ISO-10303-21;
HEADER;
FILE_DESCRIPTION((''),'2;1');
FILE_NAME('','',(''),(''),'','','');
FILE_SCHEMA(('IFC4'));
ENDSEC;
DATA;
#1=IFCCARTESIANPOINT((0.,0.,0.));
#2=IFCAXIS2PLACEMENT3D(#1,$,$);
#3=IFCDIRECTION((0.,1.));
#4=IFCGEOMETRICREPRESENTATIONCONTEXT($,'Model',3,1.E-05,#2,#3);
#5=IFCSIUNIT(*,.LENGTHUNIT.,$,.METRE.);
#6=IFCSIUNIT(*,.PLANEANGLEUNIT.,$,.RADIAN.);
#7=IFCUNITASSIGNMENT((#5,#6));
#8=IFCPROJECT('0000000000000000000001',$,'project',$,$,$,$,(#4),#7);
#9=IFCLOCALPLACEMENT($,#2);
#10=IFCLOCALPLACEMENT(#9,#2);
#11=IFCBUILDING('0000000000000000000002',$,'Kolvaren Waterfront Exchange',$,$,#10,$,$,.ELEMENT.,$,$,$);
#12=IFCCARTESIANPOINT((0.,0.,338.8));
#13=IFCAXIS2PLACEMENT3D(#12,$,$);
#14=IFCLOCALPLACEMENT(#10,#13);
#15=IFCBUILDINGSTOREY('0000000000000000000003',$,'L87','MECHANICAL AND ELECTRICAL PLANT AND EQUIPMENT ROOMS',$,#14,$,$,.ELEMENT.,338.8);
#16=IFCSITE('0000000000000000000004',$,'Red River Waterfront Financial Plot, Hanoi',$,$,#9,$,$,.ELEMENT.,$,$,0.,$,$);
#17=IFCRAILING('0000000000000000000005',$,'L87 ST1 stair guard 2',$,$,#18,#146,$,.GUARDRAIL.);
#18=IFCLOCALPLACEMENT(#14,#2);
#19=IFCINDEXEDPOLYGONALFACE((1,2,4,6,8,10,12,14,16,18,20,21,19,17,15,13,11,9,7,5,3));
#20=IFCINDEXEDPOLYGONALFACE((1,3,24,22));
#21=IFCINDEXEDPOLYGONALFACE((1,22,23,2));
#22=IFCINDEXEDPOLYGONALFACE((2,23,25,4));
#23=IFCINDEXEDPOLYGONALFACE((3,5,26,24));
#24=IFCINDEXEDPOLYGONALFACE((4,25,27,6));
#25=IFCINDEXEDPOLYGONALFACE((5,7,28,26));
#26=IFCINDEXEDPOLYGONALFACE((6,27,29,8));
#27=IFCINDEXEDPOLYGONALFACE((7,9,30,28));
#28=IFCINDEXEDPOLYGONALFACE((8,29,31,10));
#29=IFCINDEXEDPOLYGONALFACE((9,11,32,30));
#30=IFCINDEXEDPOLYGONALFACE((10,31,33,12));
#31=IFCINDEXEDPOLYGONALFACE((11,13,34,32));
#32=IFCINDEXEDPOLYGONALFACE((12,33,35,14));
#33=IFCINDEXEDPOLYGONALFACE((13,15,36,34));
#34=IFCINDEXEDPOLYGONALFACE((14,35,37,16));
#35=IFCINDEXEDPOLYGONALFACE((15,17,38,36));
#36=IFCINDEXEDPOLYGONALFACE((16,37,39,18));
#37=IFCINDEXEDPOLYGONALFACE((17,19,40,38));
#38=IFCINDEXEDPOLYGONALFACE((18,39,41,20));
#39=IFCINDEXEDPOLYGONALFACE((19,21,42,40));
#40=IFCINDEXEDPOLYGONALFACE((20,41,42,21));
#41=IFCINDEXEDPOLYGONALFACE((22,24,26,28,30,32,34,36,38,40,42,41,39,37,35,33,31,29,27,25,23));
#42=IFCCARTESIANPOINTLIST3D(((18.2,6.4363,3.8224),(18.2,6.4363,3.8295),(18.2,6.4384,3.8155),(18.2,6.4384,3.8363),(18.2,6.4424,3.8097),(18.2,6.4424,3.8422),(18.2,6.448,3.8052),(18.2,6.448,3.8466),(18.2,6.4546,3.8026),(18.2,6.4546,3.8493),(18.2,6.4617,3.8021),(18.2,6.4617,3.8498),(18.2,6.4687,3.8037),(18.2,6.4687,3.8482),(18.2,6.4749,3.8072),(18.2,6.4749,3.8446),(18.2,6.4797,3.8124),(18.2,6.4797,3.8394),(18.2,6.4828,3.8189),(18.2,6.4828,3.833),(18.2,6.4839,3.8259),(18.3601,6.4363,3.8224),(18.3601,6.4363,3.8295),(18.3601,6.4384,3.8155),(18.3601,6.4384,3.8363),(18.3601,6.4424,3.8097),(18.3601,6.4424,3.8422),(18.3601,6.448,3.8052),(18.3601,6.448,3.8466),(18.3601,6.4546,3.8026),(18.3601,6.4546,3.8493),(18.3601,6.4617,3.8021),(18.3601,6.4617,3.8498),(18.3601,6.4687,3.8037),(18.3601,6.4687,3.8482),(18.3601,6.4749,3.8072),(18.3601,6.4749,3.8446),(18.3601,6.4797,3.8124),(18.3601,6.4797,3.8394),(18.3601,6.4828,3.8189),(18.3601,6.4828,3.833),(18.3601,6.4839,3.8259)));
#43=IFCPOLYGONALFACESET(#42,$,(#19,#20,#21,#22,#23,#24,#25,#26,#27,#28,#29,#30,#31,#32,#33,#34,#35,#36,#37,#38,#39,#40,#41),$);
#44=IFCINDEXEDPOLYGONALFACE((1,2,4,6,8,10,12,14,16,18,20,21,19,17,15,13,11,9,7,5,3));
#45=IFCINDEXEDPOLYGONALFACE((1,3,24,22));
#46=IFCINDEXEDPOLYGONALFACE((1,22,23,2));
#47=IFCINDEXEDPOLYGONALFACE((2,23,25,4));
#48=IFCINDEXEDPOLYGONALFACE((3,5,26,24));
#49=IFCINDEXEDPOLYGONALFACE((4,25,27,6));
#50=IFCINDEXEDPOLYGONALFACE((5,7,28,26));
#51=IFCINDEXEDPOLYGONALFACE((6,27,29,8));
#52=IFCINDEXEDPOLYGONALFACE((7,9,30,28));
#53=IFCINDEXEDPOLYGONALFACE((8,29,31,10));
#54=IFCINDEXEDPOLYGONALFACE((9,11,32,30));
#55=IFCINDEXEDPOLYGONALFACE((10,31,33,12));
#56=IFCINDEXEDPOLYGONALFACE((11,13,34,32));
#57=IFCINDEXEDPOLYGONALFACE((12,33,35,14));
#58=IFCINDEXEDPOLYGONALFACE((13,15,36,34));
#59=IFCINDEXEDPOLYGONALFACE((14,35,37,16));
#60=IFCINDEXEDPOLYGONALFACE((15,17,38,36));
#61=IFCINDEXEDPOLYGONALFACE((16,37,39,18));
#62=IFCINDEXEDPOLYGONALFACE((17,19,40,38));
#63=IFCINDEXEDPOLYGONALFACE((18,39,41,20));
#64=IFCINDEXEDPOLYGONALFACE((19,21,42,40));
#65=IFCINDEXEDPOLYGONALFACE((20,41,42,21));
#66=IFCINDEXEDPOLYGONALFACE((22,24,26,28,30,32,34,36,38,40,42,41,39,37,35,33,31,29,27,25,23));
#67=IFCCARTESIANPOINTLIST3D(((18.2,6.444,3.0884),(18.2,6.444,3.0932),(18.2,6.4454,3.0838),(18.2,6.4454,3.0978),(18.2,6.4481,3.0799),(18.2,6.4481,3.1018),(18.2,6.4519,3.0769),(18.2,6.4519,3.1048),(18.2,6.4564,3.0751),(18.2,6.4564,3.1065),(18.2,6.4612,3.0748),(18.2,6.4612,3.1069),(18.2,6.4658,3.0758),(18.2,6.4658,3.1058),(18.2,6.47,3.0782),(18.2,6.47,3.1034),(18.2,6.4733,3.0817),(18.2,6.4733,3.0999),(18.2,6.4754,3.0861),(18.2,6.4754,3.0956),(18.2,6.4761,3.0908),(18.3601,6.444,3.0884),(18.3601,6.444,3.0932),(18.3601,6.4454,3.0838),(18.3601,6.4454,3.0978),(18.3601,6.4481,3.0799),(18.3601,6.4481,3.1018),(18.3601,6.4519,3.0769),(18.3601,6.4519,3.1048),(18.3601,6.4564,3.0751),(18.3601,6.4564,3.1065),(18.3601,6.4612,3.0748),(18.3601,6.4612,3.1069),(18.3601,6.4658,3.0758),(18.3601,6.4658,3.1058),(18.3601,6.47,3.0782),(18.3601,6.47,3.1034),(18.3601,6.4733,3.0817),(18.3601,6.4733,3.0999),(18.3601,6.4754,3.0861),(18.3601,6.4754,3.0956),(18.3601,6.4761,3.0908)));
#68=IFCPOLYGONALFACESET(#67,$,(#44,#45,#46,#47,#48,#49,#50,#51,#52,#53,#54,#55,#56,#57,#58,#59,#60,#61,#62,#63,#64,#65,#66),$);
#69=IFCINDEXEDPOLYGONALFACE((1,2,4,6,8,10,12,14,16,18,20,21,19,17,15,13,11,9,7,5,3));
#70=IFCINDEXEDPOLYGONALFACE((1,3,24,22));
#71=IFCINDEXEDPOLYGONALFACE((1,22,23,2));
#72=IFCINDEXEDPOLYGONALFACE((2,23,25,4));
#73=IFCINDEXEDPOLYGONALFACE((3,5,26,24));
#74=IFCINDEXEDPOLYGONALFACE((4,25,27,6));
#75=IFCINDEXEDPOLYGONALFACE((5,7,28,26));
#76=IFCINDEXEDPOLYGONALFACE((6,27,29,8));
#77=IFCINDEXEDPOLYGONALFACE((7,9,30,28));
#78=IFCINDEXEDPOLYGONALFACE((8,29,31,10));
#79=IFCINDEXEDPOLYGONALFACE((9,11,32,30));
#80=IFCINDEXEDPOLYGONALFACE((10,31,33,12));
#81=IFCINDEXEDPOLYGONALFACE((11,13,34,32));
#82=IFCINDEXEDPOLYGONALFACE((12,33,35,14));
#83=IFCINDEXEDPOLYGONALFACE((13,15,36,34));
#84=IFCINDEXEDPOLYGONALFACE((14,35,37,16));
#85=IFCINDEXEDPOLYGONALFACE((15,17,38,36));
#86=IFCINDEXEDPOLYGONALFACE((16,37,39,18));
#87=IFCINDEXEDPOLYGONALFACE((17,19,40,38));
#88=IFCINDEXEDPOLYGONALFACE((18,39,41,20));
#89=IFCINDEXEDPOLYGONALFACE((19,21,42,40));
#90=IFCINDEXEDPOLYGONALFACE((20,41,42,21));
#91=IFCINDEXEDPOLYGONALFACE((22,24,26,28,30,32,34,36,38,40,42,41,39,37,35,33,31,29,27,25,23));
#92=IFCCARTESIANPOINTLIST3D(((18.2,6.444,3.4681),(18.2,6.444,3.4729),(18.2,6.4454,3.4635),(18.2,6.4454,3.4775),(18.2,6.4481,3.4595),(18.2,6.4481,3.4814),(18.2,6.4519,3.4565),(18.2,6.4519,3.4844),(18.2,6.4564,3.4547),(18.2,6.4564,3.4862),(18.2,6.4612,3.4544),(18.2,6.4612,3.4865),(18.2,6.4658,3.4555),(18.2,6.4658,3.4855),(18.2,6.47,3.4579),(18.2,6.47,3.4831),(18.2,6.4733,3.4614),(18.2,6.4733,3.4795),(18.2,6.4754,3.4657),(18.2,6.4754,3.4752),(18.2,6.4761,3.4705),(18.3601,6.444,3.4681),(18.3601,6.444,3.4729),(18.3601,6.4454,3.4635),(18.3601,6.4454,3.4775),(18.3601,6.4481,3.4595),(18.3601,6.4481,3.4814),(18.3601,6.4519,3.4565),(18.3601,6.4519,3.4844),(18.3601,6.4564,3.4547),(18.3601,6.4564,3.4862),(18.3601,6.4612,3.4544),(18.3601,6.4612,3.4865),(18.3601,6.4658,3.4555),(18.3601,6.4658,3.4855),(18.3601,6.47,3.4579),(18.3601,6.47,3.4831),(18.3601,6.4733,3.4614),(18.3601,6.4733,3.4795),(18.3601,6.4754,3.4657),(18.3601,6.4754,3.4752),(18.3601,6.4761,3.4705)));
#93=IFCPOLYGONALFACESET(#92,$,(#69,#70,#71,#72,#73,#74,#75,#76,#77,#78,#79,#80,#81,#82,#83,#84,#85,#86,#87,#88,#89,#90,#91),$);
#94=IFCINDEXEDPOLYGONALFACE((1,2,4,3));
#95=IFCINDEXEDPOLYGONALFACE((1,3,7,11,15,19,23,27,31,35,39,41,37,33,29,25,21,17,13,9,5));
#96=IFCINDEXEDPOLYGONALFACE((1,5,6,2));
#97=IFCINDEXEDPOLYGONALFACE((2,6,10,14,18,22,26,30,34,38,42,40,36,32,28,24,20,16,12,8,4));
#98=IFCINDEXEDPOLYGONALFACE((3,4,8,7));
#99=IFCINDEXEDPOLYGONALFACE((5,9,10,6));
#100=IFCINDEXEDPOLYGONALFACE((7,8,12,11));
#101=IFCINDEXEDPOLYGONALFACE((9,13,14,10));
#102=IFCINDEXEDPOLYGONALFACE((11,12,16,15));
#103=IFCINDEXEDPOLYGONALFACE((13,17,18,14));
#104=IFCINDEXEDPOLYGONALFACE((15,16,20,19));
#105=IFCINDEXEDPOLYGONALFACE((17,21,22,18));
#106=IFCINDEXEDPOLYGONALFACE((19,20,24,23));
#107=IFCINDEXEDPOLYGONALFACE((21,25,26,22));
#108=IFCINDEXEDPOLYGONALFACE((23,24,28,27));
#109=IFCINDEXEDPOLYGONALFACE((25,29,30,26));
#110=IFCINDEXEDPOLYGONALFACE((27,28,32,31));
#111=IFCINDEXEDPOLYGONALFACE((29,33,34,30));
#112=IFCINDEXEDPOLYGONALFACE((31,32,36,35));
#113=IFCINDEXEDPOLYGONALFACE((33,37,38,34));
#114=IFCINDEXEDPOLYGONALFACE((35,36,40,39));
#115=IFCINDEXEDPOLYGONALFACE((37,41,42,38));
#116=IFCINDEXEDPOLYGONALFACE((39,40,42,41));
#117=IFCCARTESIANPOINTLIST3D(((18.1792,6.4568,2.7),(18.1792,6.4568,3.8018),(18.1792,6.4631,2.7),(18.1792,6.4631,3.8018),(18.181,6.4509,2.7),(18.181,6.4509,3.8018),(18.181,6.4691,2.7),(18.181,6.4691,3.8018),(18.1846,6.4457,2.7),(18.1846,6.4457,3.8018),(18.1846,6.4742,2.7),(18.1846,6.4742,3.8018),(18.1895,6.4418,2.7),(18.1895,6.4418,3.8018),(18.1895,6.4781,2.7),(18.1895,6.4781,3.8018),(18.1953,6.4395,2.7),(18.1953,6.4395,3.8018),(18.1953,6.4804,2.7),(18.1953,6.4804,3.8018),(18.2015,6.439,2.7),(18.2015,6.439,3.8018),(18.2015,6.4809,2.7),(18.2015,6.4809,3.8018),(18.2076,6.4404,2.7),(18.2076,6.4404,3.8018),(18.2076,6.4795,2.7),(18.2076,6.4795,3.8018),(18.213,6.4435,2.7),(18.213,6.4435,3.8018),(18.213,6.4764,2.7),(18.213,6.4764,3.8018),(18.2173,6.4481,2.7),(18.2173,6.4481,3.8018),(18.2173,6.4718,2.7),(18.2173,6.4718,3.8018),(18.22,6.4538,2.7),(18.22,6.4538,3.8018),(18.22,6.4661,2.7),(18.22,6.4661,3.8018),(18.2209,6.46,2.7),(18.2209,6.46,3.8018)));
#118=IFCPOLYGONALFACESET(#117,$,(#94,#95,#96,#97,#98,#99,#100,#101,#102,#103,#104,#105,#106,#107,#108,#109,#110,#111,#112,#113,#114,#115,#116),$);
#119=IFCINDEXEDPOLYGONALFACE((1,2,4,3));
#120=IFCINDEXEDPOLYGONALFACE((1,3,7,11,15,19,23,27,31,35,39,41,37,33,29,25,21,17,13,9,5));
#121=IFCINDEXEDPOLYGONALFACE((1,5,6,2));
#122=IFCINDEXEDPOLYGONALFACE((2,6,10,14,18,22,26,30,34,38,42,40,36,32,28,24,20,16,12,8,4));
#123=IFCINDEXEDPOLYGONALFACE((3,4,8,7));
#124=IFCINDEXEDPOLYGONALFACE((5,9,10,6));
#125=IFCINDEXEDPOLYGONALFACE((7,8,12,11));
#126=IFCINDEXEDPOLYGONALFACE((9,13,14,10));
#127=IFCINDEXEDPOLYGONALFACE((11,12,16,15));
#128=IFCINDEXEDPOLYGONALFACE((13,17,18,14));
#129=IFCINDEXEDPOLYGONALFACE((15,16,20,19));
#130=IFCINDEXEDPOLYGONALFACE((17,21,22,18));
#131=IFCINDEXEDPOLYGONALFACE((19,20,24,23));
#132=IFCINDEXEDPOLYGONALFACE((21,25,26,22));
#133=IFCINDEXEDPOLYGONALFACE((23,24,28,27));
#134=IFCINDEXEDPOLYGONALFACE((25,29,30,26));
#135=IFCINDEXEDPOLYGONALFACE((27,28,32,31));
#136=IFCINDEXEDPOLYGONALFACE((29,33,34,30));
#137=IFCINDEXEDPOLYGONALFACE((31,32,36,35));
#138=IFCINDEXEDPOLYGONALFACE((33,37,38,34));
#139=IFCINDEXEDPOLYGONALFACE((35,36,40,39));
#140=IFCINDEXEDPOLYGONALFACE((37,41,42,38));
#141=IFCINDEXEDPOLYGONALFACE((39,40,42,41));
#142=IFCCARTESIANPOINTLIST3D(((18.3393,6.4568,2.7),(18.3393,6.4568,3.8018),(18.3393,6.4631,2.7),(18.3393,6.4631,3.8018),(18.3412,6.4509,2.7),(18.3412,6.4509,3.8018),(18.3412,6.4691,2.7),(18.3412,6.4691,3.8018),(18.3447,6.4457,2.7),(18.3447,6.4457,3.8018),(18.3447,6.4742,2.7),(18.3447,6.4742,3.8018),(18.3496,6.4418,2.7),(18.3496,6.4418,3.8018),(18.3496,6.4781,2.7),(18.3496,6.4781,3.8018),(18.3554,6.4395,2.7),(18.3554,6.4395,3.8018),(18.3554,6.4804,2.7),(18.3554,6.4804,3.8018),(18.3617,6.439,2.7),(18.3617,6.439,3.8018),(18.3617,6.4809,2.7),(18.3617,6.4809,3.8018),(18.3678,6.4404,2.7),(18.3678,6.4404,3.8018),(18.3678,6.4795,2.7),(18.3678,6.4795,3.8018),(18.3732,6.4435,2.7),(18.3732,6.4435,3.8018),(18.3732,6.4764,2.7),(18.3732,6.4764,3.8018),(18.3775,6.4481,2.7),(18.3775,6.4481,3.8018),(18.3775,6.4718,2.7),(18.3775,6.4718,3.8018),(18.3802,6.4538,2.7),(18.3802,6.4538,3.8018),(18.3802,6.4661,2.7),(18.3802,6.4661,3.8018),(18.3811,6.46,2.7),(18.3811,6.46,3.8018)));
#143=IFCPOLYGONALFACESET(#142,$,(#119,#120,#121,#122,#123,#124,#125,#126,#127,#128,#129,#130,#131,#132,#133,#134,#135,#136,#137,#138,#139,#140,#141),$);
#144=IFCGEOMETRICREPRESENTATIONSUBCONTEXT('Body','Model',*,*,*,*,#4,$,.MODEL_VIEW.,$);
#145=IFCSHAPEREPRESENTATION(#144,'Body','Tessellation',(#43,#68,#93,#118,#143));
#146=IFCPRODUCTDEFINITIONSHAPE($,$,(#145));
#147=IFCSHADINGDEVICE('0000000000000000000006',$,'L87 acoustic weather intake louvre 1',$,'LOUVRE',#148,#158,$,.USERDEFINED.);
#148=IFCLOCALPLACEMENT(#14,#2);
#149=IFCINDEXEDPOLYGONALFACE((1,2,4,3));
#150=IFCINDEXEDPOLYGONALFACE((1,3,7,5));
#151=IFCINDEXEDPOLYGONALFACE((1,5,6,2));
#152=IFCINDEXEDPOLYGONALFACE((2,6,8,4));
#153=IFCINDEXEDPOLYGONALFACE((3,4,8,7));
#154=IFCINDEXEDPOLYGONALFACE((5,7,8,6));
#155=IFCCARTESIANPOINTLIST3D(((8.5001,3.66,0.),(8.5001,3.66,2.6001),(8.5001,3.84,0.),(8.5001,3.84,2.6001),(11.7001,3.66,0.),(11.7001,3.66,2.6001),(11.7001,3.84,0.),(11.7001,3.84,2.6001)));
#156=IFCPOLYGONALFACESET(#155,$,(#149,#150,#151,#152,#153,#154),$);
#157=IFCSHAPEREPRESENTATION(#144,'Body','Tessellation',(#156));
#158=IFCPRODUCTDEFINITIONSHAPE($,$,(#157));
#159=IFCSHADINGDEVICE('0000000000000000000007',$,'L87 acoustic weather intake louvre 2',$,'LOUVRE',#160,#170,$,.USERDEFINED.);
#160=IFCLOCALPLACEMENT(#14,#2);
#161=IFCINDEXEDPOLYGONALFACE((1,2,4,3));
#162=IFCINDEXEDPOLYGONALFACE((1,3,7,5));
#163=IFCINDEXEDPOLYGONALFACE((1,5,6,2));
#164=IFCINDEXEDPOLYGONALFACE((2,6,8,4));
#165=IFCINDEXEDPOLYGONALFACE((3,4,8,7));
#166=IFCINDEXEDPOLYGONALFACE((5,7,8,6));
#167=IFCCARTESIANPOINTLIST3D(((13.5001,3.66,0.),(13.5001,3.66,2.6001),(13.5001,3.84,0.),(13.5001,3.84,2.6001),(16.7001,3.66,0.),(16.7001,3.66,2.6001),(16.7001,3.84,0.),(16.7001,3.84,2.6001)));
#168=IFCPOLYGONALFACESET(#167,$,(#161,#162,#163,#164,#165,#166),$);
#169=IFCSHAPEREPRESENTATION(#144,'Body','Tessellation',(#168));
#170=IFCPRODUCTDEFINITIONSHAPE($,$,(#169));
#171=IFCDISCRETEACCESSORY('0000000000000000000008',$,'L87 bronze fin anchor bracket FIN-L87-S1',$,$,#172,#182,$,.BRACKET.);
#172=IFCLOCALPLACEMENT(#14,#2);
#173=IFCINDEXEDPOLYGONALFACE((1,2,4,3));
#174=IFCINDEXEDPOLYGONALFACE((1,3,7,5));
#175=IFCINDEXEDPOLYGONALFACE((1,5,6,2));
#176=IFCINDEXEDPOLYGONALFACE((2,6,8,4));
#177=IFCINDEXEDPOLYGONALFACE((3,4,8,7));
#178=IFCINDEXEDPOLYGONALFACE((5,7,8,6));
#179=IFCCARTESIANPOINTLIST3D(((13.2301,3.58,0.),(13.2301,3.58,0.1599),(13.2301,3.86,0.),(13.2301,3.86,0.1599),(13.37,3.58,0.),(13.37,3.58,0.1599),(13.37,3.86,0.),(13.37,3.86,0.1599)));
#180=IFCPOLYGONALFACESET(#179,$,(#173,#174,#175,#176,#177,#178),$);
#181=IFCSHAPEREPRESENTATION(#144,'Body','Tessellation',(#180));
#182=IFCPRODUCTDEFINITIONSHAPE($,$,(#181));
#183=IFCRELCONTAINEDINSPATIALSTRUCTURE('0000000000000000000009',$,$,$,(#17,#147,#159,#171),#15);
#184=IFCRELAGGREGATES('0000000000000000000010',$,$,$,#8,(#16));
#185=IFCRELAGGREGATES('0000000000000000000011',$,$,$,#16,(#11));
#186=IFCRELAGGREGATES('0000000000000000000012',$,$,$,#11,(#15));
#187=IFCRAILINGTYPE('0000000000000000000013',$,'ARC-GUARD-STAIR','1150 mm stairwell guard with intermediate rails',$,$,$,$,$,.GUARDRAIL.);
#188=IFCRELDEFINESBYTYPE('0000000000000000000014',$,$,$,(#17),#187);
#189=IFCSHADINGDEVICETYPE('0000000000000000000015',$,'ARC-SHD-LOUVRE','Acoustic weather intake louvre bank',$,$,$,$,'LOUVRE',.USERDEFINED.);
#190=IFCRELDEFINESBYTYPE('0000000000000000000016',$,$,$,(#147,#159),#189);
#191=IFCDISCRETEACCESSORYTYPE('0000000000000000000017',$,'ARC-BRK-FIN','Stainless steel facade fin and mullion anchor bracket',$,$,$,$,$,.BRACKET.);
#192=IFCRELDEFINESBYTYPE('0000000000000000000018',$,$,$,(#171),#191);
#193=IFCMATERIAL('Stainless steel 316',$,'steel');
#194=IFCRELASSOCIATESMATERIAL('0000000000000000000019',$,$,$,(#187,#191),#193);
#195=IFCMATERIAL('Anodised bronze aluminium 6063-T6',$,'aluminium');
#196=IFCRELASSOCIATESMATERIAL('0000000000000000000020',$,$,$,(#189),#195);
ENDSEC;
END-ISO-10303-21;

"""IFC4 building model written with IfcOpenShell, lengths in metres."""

from ifc_helpers import new_model, si_unit, direction, frame, origin, origin_with_axes, origin_2d, place, context, subcontext, project, spatial, rectangle, circle, extrude, source, transform, mapped, material, type_object, element, save


model = new_model("IFC4")

# Units and contexts
model_context = context("Model", 3, precision=1e-05, world=origin(), true_north=direction((0.0, 1.0)))
body_context = subcontext(model_context, "Body", "Model", "MODEL_VIEW")
ifc_project = project(units=[si_unit("LENGTHUNIT", "METRE"), si_unit("PLANEANGLEUNIT", "RADIAN")], contexts=[model_context])

# Site, building, storey
site_placement = place(None, origin())
site = spatial("IfcSite", under=ifc_project, at=site_placement, Name="Red River Waterfront Financial Plot, Hanoi", CompositionType="ELEMENT", RefElevation=0.0)
building_placement = place(site_placement, origin())
building = spatial("IfcBuilding", under=site, at=building_placement, Name="Kolvaren Waterfront Exchange", CompositionType="ELEMENT")
storey_placement = place(building_placement, frame((0.0, 0.0, 338.8)))
storey = spatial("IfcBuildingStorey", under=building, at=storey_placement, Name="L87", Description="MECHANICAL AND ELECTRICAL PLANT AND EQUIPMENT ROOMS", CompositionType="ELEMENT", Elevation=338.8)

# Shared definitions
ifc_material_1 = material(Name="Anodised bronze aluminium 6063-T6", Category="aluminium")

# Railing
ifc_material_2 = material(Name="Stainless steel 316", Category="steel")
railing_type = type_object("IfcRailingType", Name="ARC-GUARD-STAIR", Description="1150 mm stairwell guard with intermediate rails", PredefinedType="GUARDRAIL", material=ifc_material_2)
railing_1_placement = place(storey_placement, frame((18.2, 6.46, 2.7)))
element("IfcRailing", 1, at=railing_1_placement, inside=storey, type_object=railing_type, Name="L87 ST1 stair guard 2", PredefinedType="GUARDRAIL", context=body_context, shape_type="SweptSolid", body=[
    extrude(circle(Radius=0.0239, at=origin_2d()), frame((0.0, 0.0, 1.126), z_axis=(1.0, 0.0, 0.0), x_axis=(0.0, 1.0, 0.0)), (0.0, 0.0, 1.0), 0.1602),
    extrude(circle(Radius=0.0161, at=origin_2d()), frame((0.0, 0.0, 0.3909), z_axis=(1.0, 0.0, 0.0), x_axis=(0.0, 1.0, 0.0)), (0.0, 0.0, 1.0), 0.1602),
    extrude(circle(Radius=0.0161, at=origin_2d()), frame((0.0, 0.0, 0.7705), z_axis=(1.0, 0.0, 0.0), x_axis=(0.0, 1.0, 0.0)), (0.0, 0.0, 1.0), 0.1602),
    extrude(circle(Radius=0.021, at=origin_2d()), origin(), (0.0, 0.0, 1.0), 1.1018),
    extrude(circle(Radius=0.021, at=origin_2d()), frame((0.1602, 0.0, 0.0)), (0.0, 0.0, 1.0), 1.1018),
])

# Shading devices
shading_device_type_1 = type_object("IfcShadingDeviceType", Name="ARC-SHD-LOUVRE", Description="Acoustic weather intake louvre bank", ElementType="LOUVRE", PredefinedType="USERDEFINED", material=ifc_material_1)
shared_shape_1 = source(origin_with_axes(), body_context, "Body", "SweptSolid", [
    extrude(rectangle(XDim=3.2, YDim=0.1799, at=origin_2d()), origin(), (0.0, 0.0, 1.0), 2.6001),
])
for number, where, z_axis, x_axis, name in (
    (2, (10.1001, 3.75, 0.0), (0.0, 0.0, 1.0), (1.0, 0.0, 0.0), "L87 acoustic weather intake louvre 1"),
    (3, (15.1001, 3.75, 0.0), (0.0, 0.0, 1.0), (1.0, 0.0, 0.0), "L87 acoustic weather intake louvre 2"),
):
    element("IfcShadingDevice", number, at=place(storey_placement, frame(where, z_axis=z_axis, x_axis=x_axis)), inside=storey, type_object=shading_device_type_1, Name=name, ObjectType="LOUVRE", PredefinedType="USERDEFINED", context=body_context, shape_type="MappedRepresentation", body=[
        mapped(shared_shape_1, transform((0.0, 0.0, 0.0), x_axis=(1.0, 0.0, 0.0), y_axis=(0.0, 1.0, 0.0), z_axis=(0.0, 0.0, 1.0), scale=1.0)),
    ])

# Discrete accessory
discrete_accessory_type = type_object("IfcDiscreteAccessoryType", Name="ARC-BRK-FIN", Description="Stainless steel facade fin and mullion anchor bracket", PredefinedType="BRACKET", material=ifc_material_2)
shared_shape_2 = source(origin_with_axes(), body_context, "Body", "SweptSolid", [
    extrude(rectangle(XDim=0.28, YDim=0.1399, at=origin_2d()), origin(), (0.0, 0.0, 1.0), 0.1599),
])
discrete_accessory_placement = place(storey_placement, frame((13.3, 3.72, 0.0), z_axis=(0.0, 0.0, 1.0), x_axis=(0.0, -1.0, 0.0)))
element("IfcDiscreteAccessory", 4, at=discrete_accessory_placement, inside=storey, type_object=discrete_accessory_type, Name="L87 bronze fin anchor bracket FIN-L87-S1", PredefinedType="BRACKET", context=body_context, shape_type="MappedRepresentation", body=[
    mapped(shared_shape_2, transform((0.0, 0.0, 0.0), x_axis=(1.0, 0.0, 0.0), y_axis=(0.0, 1.0, 0.0), z_axis=(0.0, 0.0, 1.0), scale=1.0)),
])

save(model, "model.ifc")
